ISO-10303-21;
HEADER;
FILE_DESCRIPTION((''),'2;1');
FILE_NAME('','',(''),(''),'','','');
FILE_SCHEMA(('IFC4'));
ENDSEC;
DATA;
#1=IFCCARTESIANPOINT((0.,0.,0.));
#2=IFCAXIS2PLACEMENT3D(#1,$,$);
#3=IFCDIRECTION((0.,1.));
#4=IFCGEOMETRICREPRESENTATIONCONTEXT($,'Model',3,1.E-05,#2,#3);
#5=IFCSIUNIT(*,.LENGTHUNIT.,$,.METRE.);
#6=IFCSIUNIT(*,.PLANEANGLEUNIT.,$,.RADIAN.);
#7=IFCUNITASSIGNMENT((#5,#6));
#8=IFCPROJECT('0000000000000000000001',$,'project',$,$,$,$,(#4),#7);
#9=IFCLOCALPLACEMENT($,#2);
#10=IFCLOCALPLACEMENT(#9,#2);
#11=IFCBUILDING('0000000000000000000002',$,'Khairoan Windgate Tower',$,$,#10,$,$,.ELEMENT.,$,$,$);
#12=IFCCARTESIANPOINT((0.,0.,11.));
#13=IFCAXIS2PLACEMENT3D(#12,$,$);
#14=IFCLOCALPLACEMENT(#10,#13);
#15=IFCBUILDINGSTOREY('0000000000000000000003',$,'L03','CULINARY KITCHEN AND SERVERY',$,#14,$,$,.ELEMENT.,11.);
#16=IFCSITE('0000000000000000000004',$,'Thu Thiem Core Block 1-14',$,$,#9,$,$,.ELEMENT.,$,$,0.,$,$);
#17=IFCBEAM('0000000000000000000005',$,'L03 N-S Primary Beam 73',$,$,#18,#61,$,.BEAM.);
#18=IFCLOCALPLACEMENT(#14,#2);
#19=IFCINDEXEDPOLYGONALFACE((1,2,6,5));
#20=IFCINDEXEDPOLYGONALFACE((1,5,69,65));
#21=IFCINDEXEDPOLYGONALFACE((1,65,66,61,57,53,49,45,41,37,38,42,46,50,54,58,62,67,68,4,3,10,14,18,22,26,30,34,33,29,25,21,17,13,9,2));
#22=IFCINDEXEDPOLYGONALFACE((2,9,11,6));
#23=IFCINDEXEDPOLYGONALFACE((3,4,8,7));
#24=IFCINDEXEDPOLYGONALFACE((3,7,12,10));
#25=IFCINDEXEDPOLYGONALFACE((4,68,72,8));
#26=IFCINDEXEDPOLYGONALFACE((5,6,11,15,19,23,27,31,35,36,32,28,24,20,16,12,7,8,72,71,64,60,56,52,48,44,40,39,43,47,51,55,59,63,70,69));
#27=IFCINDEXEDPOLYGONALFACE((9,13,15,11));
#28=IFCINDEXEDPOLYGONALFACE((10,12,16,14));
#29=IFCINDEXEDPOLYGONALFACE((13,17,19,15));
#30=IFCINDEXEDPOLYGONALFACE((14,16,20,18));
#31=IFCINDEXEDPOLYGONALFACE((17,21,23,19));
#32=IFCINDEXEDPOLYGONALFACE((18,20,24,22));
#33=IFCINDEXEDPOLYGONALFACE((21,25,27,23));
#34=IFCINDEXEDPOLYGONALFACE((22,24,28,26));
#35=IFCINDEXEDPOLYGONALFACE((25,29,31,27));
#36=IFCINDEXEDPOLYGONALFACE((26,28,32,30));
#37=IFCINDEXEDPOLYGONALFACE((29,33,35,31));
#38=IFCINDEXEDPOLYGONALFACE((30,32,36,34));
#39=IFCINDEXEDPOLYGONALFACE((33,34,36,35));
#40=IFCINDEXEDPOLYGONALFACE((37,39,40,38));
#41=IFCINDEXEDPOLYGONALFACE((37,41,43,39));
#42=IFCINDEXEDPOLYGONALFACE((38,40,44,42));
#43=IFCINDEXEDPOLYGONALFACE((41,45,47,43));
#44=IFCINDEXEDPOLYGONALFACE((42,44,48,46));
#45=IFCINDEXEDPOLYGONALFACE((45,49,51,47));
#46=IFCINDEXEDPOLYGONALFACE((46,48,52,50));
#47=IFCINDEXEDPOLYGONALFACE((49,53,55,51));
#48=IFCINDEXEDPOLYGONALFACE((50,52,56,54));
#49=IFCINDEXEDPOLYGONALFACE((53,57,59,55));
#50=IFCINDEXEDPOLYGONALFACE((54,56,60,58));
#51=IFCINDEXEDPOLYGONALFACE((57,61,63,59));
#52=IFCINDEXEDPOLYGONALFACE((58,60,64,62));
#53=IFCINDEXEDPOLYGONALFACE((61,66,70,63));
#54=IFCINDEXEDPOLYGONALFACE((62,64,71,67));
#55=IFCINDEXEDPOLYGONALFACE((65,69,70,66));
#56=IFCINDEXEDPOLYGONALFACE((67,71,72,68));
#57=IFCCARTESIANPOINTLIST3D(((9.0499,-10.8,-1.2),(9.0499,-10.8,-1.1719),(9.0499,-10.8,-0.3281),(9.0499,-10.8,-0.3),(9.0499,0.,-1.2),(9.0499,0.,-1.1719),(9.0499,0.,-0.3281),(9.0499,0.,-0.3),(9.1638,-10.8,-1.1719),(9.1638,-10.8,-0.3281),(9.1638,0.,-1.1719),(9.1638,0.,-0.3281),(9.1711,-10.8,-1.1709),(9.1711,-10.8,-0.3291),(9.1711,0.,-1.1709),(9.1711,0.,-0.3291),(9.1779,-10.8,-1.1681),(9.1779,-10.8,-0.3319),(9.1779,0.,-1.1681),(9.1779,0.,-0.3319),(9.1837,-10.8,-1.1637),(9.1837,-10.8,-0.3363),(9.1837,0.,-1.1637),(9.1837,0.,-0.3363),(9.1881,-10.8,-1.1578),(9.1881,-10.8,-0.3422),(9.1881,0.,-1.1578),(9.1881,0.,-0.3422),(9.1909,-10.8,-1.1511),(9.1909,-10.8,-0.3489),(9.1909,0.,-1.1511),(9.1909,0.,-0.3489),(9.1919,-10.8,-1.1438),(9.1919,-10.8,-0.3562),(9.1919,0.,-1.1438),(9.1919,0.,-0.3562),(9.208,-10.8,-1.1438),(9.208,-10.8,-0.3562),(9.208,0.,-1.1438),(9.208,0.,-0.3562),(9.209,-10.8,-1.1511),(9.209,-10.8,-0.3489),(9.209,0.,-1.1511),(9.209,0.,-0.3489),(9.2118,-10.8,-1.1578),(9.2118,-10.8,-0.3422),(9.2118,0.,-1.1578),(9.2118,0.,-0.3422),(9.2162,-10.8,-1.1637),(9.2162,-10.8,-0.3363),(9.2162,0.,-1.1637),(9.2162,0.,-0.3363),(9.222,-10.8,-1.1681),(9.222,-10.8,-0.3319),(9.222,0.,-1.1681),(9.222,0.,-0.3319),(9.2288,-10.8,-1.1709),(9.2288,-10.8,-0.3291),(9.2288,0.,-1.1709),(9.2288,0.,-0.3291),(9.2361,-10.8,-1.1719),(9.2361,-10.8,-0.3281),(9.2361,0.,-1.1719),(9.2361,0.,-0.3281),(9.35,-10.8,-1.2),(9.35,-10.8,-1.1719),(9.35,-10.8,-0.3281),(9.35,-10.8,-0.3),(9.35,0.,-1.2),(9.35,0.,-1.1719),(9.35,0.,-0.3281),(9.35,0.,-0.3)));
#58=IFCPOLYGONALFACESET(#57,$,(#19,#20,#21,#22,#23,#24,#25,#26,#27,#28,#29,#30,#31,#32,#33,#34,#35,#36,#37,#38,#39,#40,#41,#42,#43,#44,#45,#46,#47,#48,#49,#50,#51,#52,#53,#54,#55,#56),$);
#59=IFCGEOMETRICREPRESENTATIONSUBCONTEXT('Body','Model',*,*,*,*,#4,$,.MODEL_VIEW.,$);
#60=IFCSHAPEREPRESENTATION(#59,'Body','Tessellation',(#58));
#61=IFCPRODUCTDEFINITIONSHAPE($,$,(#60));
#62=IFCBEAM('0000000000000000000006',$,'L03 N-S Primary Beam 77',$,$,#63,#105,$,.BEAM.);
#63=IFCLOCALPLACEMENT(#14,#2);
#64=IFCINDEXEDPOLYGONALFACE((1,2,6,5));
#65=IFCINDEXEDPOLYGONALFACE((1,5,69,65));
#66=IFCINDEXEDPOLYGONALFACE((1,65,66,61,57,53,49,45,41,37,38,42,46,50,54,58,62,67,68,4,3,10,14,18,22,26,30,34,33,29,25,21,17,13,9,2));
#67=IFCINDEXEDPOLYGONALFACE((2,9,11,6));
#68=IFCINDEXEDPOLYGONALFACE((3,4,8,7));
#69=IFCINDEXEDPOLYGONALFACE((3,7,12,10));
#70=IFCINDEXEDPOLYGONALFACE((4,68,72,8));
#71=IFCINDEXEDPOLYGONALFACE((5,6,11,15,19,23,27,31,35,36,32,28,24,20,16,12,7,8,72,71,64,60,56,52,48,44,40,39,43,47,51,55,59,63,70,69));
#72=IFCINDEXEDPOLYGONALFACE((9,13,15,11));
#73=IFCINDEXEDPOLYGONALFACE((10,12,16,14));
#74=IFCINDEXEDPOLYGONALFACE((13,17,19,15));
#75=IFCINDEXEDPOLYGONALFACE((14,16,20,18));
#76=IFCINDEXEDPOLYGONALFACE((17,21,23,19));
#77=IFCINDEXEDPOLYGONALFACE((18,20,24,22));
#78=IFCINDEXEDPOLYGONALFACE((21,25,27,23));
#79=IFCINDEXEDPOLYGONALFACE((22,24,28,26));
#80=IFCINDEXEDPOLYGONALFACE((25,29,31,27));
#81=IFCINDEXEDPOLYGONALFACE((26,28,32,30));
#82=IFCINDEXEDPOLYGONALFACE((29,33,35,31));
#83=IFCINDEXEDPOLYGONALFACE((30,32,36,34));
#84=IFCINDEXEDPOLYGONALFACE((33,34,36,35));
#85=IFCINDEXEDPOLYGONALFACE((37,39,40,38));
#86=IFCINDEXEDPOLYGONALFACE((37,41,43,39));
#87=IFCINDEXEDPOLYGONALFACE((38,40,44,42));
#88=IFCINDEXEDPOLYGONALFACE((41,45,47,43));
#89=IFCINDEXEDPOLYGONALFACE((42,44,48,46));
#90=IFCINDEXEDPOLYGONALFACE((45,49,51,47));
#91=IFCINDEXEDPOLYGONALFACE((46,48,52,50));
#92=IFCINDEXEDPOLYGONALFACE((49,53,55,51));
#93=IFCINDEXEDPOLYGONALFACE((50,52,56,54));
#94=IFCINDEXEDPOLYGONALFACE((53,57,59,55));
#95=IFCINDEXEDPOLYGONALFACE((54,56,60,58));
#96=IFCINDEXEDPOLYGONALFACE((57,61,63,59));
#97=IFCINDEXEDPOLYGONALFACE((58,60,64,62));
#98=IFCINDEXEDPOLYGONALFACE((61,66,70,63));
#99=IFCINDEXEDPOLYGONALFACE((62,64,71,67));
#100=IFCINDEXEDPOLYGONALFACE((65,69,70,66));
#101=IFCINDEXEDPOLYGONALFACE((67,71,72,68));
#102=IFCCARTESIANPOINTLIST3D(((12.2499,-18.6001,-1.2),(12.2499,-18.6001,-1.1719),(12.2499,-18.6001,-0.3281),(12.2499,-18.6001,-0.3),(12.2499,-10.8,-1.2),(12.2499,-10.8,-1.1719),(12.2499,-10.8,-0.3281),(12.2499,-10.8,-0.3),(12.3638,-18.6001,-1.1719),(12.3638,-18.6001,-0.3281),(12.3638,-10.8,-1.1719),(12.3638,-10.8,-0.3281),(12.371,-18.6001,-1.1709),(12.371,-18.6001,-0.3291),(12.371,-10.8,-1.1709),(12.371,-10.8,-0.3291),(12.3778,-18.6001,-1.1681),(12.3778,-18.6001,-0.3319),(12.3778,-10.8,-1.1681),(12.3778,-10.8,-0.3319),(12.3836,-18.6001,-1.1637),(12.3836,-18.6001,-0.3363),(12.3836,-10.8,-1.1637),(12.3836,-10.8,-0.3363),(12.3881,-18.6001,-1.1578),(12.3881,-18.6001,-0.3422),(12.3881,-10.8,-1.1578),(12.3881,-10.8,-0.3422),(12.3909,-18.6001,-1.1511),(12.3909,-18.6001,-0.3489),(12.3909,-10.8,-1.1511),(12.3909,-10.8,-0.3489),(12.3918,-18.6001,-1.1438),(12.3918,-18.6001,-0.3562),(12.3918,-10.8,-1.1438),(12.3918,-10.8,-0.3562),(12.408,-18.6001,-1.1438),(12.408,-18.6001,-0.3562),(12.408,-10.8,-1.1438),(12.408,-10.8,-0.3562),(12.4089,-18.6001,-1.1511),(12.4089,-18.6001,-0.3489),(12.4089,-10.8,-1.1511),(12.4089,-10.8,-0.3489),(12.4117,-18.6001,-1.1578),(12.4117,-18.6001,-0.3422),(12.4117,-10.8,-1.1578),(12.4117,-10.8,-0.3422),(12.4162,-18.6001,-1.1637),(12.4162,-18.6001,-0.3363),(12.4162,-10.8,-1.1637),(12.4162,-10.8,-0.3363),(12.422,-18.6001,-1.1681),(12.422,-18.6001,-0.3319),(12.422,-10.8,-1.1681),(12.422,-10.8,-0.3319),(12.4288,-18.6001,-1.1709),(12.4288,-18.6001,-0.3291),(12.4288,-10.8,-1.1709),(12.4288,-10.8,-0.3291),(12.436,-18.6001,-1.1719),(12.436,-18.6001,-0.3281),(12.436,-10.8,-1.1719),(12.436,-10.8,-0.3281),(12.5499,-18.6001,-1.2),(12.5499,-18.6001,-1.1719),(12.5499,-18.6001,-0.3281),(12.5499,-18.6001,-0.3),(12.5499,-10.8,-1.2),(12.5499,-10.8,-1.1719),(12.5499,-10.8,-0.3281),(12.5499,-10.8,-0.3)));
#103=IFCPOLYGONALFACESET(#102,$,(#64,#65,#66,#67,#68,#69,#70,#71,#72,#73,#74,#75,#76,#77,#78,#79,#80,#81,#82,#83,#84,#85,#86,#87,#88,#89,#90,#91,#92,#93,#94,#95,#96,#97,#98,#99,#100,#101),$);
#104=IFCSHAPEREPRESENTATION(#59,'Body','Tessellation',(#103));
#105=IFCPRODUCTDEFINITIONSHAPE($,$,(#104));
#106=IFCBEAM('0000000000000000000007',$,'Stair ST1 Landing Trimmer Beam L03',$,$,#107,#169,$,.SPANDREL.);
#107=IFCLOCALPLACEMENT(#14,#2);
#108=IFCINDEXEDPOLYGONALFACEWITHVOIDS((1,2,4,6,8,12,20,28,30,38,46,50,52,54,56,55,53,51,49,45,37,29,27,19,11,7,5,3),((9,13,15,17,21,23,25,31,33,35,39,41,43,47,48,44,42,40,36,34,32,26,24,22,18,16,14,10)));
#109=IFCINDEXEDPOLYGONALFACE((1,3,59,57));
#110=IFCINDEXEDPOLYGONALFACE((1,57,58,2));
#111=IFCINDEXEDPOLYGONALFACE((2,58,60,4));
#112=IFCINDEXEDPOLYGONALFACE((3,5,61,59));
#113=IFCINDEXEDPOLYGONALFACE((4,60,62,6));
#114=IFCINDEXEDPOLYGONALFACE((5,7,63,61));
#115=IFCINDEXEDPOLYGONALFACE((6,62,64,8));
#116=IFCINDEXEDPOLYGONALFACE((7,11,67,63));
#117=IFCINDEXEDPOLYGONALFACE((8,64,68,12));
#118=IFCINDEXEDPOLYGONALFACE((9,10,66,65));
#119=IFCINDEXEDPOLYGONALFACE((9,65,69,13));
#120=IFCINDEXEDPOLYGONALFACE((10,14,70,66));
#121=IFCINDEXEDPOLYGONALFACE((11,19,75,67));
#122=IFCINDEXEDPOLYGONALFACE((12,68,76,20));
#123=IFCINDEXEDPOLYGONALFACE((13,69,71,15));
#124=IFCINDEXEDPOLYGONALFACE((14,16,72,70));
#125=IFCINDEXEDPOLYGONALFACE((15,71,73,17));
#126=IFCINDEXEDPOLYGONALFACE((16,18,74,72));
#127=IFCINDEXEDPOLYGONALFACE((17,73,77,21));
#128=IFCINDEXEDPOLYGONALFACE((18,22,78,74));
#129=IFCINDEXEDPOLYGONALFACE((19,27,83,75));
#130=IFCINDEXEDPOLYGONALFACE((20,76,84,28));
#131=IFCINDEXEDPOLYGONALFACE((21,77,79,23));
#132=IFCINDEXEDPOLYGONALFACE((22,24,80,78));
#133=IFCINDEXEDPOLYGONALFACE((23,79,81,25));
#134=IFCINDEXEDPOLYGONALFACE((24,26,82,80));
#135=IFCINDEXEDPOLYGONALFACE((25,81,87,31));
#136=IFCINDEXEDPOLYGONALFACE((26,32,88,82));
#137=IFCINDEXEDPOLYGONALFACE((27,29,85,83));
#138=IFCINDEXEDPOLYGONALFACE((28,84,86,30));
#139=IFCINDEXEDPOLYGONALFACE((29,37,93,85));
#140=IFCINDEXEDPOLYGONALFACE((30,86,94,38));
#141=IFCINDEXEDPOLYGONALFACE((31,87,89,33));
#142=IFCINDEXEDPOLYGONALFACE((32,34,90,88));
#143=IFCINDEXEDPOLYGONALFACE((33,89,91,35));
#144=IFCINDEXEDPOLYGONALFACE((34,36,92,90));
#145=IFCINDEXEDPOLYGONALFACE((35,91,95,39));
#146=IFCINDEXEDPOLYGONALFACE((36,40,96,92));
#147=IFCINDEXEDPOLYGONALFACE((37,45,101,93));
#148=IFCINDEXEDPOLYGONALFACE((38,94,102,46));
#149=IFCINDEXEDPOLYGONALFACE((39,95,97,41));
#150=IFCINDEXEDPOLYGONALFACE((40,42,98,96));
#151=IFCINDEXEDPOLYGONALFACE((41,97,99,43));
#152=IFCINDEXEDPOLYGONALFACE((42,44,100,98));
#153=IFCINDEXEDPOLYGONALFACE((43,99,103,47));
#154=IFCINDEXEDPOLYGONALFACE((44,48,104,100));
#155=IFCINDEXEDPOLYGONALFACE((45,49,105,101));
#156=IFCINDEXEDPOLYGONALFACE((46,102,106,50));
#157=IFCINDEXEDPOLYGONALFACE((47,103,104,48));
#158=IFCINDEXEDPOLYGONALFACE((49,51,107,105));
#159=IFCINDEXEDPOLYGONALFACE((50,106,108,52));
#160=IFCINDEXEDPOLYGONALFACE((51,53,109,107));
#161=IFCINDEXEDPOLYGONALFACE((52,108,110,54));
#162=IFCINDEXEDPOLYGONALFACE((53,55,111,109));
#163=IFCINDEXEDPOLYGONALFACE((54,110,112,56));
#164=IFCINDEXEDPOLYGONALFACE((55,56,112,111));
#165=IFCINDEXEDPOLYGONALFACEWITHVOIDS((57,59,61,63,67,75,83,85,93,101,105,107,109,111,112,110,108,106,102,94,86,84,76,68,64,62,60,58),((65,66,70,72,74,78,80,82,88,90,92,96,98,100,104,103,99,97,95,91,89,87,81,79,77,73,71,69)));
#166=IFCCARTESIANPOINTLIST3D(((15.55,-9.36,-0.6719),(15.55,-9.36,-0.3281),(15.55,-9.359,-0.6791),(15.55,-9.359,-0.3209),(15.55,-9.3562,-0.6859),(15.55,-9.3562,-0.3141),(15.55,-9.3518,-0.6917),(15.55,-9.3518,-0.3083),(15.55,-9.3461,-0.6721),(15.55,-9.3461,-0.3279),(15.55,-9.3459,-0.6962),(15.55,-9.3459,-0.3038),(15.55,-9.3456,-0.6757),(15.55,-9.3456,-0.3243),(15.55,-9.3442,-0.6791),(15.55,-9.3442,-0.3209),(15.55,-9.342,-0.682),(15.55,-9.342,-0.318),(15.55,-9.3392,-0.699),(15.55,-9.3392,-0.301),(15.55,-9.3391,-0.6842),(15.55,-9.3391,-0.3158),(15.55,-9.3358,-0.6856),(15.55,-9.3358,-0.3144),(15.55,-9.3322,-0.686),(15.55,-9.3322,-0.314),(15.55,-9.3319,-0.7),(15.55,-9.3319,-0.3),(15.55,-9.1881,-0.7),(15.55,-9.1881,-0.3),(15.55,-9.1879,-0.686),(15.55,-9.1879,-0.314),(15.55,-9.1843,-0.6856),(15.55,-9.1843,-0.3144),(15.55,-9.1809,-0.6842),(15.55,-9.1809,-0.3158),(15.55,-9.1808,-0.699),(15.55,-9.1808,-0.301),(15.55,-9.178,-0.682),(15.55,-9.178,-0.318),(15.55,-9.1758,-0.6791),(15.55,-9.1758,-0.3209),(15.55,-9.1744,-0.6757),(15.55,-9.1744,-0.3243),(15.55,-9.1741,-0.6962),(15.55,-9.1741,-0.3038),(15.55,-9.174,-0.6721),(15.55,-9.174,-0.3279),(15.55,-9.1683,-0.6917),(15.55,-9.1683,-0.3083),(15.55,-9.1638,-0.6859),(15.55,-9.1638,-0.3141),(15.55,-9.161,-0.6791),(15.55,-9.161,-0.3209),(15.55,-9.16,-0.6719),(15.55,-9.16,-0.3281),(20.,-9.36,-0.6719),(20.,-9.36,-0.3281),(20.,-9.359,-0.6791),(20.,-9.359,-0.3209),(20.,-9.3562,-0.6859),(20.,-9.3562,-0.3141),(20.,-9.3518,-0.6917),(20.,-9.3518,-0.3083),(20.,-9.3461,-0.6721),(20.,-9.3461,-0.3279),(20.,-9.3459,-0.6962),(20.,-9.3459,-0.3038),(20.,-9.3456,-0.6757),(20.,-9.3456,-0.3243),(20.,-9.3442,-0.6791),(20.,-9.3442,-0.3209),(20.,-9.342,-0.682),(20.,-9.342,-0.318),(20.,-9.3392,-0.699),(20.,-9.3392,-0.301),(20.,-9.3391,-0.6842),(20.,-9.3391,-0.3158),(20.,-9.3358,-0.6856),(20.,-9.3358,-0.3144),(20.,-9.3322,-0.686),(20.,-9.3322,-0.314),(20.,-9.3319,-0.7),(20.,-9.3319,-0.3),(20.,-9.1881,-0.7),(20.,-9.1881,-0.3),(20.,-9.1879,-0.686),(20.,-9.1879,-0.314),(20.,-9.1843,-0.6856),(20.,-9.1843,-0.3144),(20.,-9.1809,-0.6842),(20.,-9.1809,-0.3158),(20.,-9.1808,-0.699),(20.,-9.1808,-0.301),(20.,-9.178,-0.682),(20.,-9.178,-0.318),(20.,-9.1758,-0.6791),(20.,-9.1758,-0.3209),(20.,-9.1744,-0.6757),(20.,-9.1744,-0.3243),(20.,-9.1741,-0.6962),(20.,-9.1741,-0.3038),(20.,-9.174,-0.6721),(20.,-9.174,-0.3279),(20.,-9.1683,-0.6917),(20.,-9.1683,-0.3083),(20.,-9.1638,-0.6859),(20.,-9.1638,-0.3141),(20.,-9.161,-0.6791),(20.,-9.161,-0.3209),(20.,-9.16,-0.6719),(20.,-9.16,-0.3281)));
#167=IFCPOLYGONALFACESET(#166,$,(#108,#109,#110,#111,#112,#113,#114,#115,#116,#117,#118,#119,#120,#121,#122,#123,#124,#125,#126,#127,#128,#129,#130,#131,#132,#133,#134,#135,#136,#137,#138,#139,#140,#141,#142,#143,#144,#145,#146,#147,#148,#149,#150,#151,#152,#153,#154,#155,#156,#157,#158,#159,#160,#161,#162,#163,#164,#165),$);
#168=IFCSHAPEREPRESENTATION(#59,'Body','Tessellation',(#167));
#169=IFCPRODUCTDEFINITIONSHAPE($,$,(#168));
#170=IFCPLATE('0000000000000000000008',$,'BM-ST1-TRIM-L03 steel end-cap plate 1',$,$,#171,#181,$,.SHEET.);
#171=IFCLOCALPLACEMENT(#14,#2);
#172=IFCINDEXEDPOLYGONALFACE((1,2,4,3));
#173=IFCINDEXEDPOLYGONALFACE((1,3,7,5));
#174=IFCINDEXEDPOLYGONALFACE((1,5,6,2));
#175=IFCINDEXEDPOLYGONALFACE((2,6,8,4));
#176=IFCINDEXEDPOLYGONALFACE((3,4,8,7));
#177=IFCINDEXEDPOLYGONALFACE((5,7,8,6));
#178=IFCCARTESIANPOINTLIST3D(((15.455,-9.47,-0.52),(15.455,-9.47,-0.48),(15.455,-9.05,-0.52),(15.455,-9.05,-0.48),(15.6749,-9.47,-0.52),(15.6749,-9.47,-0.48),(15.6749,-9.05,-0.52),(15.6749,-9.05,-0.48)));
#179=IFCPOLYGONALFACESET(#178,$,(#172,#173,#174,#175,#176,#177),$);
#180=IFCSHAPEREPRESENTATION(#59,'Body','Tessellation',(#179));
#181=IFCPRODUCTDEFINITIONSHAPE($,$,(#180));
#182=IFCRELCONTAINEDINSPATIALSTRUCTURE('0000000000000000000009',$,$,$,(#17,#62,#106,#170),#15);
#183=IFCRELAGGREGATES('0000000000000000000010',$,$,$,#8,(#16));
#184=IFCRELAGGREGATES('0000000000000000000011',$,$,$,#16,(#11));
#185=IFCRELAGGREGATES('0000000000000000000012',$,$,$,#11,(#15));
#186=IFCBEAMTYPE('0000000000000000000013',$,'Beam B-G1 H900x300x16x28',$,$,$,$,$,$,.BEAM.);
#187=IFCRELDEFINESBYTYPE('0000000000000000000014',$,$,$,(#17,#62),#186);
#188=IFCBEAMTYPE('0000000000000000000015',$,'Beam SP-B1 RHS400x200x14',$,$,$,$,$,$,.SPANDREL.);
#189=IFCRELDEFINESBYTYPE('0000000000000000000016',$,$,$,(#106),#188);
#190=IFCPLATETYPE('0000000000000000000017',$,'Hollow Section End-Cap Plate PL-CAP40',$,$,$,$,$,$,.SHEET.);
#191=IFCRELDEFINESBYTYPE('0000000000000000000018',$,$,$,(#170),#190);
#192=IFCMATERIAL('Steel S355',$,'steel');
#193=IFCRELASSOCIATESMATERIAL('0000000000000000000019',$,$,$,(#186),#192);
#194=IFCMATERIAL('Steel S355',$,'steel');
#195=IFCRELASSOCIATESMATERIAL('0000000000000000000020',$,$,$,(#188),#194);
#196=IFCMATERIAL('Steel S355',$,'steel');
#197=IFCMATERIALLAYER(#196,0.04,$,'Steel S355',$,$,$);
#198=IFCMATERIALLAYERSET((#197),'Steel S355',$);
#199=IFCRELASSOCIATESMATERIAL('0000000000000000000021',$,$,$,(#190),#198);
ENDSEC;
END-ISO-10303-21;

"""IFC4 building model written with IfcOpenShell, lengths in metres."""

from ifc_helpers import new_model, si_unit, direction, frame, origin, origin_2d, place, context, subcontext, project, spatial, rectangle, hollow_rectangle, i_section, extrude, material, layer, layer_set, material_profile, profile_set, type_object, element, save


model = new_model("IFC4")

# Units and contexts
model_context = context("Model", 3, precision=1e-05, world=origin(), true_north=direction((0.0, 1.0)))
body_context = subcontext(model_context, "Body", "Model", "MODEL_VIEW")
ifc_project = project(units=[si_unit("LENGTHUNIT", "METRE"), si_unit("PLANEANGLEUNIT", "RADIAN")], contexts=[model_context])

# Site, building, storey
site_placement = place(None, origin())
site = spatial("IfcSite", under=ifc_project, at=site_placement, Name="Thu Thiem Core Block 1-14", CompositionType="ELEMENT", RefElevation=0.0)
building_placement = place(site_placement, origin())
building = spatial("IfcBuilding", under=site, at=building_placement, Name="Khairoan Windgate Tower", CompositionType="ELEMENT")
storey_placement = place(building_placement, frame((0.0, 0.0, 11.0)))
storey = spatial("IfcBuildingStorey", under=building, at=storey_placement, Name="L03", Description="CULINARY KITCHEN AND SERVERY", CompositionType="ELEMENT", Elevation=11.0)

# Beams
ifc_material_1 = material(Name="Steel S355", Category="steel")
ifc_material_profile_1 = material_profile(ifc_material_1, i_section(OverallWidth=0.3, OverallDepth=0.8999, WebThickness=0.0161, FlangeThickness=0.0281, FilletRadius=0.0281, at=origin_2d()))
ifc_profile_set_1 = profile_set([ifc_material_profile_1], Name="Steel S355")
beam_type_1 = type_object("IfcBeamType", Name="Beam B-G1 H900x300x16x28", PredefinedType="BEAM", material=ifc_profile_set_1)
beam_1_placement = place(storey_placement, frame((9.2, -10.8, -0.75), z_axis=(0.0, 1.0, 0.0), x_axis=(-1.0, 0.0, 0.0)))
element("IfcBeam", 1, at=beam_1_placement, inside=storey, type_object=beam_type_1, Name="L03 N-S Primary Beam 73", PredefinedType="BEAM", context=body_context, shape_type="SweptSolid", body=[
    extrude(i_section(OverallWidth=0.3, OverallDepth=0.8999, WebThickness=0.0161, FlangeThickness=0.0281, FilletRadius=0.0281, at=origin_2d()), origin(), (0.0, 0.0, 1.0), 10.8),
])
beam_2_placement = place(storey_placement, frame((12.3999, -18.6001, -0.75), z_axis=(0.0, 1.0, 0.0), x_axis=(-1.0, 0.0, 0.0)))
element("IfcBeam", 2, at=beam_2_placement, inside=storey, type_object=beam_type_1, Name="L03 N-S Primary Beam 77", PredefinedType="BEAM", context=body_context, shape_type="SweptSolid", body=[
    extrude(i_section(OverallWidth=0.3, OverallDepth=0.8999, WebThickness=0.0161, FlangeThickness=0.0281, FilletRadius=0.0281, at=origin_2d()), origin(), (0.0, 0.0, 1.0), 7.8),
])
ifc_material_2 = material(Name="Steel S355", Category="steel")
ifc_material_profile_2 = material_profile(ifc_material_2, hollow_rectangle(XDim=0.2, YDim=0.3999, WallThickness=0.0139, InnerFilletRadius=0.0139, OuterFilletRadius=0.0281, at=origin_2d()))
ifc_profile_set_2 = profile_set([ifc_material_profile_2], Name="Steel S355")
beam_type_2 = type_object("IfcBeamType", Name="Beam SP-B1 RHS400x200x14", PredefinedType="SPANDREL", material=ifc_profile_set_2)
beam_3_placement = place(storey_placement, frame((15.55, -9.26, -0.5), z_axis=(1.0, 0.0, 0.0), x_axis=(0.0, 1.0, 0.0)))
element("IfcBeam", 3, at=beam_3_placement, inside=storey, type_object=beam_type_2, Name="Stair ST1 Landing Trimmer Beam L03", PredefinedType="SPANDREL", context=body_context, shape_type="SweptSolid", body=[
    extrude(hollow_rectangle(XDim=0.2, YDim=0.3999, WallThickness=0.0139, InnerFilletRadius=0.0139, OuterFilletRadius=0.0281, at=origin_2d()), origin(), (0.0, 0.0, 1.0), 4.45),
])

# Plate
ifc_material_3 = material(Name="Steel S355", Category="steel")
ifc_layer_1 = layer(ifc_material_3, 0.04, Name="Steel S355")
ifc_layer_set_1 = layer_set([ifc_layer_1], Name="Steel S355")
plate_type = type_object("IfcPlateType", Name="Hollow Section End-Cap Plate PL-CAP40", PredefinedType="SHEET", material=ifc_layer_set_1)
plate_placement = place(storey_placement, frame((15.5649, -9.26, -0.52), z_axis=(0.0, 0.0, 1.0), x_axis=(1.0, 0.0, 0.0)))
element("IfcPlate", 4, at=plate_placement, inside=storey, type_object=plate_type, Name="BM-ST1-TRIM-L03 steel end-cap plate 1", PredefinedType="SHEET", context=body_context, shape_type="SweptSolid", body=[
    extrude(rectangle(XDim=0.22, YDim=0.4199, at=origin_2d()), origin(), (0.0, 0.0, 1.0), 0.04),
])

save(model, "model.ifc")
